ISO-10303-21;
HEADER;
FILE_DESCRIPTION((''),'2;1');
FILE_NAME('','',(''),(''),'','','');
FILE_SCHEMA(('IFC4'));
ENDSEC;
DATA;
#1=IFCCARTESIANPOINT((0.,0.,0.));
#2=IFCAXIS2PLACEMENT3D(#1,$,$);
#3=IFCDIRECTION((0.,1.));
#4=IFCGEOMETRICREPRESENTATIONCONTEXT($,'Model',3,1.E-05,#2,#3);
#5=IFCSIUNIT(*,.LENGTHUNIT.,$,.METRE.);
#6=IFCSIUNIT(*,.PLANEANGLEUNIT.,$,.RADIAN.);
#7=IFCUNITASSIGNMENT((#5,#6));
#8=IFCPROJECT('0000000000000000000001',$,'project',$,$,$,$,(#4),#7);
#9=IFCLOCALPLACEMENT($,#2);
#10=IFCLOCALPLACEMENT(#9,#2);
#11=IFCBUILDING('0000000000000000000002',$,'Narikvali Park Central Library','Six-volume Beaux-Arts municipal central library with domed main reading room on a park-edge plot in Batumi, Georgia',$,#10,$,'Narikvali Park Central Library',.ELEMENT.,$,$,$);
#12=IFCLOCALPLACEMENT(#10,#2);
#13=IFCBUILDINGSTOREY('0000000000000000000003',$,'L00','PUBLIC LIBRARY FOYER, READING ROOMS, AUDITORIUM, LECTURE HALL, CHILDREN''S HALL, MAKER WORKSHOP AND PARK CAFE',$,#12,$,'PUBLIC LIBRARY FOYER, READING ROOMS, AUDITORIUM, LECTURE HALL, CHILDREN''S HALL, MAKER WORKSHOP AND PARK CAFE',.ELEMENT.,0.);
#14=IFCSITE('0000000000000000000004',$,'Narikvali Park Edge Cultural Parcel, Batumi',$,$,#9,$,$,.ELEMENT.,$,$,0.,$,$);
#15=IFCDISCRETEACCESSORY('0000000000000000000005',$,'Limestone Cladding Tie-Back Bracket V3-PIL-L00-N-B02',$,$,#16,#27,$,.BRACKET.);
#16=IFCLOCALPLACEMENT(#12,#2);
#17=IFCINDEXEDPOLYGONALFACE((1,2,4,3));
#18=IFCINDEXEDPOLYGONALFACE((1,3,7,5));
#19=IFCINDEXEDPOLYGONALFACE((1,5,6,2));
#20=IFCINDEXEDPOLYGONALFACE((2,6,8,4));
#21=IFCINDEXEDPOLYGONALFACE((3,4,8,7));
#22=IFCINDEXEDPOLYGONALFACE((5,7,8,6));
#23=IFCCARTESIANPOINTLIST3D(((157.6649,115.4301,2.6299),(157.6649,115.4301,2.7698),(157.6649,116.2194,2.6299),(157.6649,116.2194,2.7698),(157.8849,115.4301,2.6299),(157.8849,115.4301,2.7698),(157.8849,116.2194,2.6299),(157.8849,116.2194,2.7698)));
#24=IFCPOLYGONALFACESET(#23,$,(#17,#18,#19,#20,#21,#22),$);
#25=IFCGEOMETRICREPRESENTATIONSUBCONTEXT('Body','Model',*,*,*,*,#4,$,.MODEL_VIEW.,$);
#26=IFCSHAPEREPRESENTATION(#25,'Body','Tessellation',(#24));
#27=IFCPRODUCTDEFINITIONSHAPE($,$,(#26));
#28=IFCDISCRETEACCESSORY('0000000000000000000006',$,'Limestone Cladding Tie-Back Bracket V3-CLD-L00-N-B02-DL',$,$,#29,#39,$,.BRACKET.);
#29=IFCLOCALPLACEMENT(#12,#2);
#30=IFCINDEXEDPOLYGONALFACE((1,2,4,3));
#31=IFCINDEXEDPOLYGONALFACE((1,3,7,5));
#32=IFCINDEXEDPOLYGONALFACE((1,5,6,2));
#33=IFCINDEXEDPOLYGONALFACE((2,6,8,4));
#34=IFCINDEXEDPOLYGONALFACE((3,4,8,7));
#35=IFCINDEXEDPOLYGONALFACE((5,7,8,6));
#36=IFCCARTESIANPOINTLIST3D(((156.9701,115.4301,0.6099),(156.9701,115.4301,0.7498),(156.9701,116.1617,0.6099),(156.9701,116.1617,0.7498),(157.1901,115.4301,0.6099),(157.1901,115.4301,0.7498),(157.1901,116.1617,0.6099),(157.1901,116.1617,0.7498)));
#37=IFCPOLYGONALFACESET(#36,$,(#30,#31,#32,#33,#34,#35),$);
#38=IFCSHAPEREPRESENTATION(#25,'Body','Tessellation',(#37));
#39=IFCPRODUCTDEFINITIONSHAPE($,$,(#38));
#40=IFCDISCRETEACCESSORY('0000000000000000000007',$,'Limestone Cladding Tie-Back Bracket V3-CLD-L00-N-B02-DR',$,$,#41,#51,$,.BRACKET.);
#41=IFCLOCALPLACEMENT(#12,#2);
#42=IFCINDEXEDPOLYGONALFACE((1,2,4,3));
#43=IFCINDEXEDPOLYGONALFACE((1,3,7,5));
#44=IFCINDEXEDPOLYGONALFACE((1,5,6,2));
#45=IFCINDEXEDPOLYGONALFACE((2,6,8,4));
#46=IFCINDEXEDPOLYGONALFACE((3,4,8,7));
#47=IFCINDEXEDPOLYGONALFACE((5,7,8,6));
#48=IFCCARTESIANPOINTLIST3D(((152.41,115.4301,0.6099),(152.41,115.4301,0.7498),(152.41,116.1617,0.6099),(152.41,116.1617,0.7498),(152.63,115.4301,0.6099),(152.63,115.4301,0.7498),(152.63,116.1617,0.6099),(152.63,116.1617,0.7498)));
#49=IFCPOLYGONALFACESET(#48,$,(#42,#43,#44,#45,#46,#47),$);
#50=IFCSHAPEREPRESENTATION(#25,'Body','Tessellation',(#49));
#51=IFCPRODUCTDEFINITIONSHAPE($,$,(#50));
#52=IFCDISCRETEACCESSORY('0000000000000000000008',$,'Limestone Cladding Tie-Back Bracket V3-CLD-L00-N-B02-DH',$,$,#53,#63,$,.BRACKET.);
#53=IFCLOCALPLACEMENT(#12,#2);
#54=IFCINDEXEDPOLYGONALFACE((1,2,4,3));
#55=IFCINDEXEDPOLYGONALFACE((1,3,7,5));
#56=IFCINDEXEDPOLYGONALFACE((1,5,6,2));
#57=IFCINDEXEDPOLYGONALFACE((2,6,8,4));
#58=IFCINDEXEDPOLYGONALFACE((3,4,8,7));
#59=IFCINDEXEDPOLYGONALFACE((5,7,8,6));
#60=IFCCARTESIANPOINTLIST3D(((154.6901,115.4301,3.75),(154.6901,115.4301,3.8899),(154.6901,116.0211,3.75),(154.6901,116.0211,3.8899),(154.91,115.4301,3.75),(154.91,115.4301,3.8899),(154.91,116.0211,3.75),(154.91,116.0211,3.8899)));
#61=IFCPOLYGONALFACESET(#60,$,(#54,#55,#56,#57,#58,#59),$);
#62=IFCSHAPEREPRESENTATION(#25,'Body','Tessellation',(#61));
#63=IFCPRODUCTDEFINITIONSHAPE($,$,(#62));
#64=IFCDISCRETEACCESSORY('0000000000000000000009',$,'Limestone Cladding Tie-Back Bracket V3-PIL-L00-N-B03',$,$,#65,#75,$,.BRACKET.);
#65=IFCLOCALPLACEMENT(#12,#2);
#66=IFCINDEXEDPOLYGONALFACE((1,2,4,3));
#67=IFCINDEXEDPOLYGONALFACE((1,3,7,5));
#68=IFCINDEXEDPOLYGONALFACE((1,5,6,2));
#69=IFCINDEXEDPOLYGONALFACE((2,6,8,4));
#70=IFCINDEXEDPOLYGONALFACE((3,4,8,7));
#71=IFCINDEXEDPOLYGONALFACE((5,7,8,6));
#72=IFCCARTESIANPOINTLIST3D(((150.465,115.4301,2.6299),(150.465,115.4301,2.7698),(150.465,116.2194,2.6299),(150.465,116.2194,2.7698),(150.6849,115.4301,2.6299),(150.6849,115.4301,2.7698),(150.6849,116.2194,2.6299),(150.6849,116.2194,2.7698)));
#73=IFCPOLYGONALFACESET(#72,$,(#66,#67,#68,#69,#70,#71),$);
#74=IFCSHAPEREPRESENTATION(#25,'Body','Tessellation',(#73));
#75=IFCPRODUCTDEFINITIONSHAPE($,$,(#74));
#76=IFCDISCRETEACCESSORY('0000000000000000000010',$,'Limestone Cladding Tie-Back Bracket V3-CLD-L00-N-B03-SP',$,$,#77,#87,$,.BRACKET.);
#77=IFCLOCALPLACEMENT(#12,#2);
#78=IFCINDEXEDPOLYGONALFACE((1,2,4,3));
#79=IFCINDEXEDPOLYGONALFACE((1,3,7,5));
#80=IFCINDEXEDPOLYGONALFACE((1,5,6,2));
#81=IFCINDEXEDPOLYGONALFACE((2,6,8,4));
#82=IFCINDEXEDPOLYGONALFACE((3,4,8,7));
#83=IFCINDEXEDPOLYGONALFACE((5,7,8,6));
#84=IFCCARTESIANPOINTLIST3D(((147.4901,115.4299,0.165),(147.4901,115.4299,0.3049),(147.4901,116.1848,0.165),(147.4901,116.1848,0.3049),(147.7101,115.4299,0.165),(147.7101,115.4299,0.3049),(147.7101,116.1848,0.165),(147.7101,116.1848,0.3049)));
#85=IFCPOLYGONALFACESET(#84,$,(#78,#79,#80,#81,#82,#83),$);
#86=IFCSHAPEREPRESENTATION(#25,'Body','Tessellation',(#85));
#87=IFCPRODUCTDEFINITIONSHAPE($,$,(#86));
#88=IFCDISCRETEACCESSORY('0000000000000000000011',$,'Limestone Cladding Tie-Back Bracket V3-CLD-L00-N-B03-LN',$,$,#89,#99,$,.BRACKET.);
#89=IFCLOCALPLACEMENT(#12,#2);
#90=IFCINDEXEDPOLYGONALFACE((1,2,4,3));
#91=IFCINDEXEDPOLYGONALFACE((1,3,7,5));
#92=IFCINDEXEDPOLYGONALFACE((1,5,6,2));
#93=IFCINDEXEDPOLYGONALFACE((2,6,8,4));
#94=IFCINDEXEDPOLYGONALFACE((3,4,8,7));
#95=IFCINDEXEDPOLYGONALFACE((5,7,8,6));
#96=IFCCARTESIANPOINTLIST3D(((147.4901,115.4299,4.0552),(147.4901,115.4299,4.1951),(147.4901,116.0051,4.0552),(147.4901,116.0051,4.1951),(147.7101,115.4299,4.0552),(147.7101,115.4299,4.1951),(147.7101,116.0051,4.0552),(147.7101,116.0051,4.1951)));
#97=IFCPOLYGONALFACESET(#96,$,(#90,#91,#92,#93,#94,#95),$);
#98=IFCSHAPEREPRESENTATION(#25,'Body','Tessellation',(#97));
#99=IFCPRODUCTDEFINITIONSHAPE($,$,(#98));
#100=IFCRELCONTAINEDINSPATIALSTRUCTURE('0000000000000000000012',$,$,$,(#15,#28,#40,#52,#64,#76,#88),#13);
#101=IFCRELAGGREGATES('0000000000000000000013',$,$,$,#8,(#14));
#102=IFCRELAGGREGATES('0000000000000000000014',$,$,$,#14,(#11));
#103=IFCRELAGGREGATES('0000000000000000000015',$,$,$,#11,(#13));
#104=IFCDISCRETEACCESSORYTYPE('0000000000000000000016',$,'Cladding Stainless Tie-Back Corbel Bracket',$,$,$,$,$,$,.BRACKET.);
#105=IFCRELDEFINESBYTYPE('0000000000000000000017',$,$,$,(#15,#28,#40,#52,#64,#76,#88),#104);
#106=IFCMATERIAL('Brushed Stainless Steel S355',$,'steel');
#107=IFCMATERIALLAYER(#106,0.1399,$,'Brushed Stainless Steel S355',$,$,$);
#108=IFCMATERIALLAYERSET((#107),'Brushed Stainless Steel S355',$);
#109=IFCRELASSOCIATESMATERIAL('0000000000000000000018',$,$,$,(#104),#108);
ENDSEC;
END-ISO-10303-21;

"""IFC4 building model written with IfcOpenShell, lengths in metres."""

from ifc_helpers import new_model, si_unit, direction, frame, origin, origin_2d, place, context, subcontext, project, spatial, rectangle, extrude, material, layer, layer_set, type_object, element, save


model = new_model("IFC4")

# Units and contexts
model_context = context("Model", 3, precision=1e-05, world=origin(), true_north=direction((0.0, 1.0)))
body_context = subcontext(model_context, "Body", "Model", "MODEL_VIEW")
ifc_project = project(units=[si_unit("LENGTHUNIT", "METRE"), si_unit("PLANEANGLEUNIT", "RADIAN")], contexts=[model_context])

# Site, building, storey
site_placement = place(None, origin())
site = spatial("IfcSite", under=ifc_project, at=site_placement, Name="Narikvali Park Edge Cultural Parcel, Batumi", CompositionType="ELEMENT", RefElevation=0.0)
building_placement = place(site_placement, origin())
building = spatial("IfcBuilding", under=site, at=building_placement, Name="Narikvali Park Central Library", Description="Six-volume Beaux-Arts municipal central library with domed main reading room on a park-edge plot in Batumi, Georgia", LongName="Narikvali Park Central Library", CompositionType="ELEMENT")
storey_placement = place(building_placement, origin())
storey = spatial("IfcBuildingStorey", under=building, at=storey_placement, Name="L00", Description="PUBLIC LIBRARY FOYER, READING ROOMS, AUDITORIUM, LECTURE HALL, CHILDREN'S HALL, MAKER WORKSHOP AND PARK CAFE", LongName="PUBLIC LIBRARY FOYER, READING ROOMS, AUDITORIUM, LECTURE HALL, CHILDREN'S HALL, MAKER WORKSHOP AND PARK CAFE", CompositionType="ELEMENT", Elevation=0.0)

# Discrete accessories
ifc_material_1 = material(Name="Brushed Stainless Steel S355", Category="steel")
ifc_layer_1 = layer(ifc_material_1, 0.1399, Name="Brushed Stainless Steel S355")
ifc_layer_set_1 = layer_set([ifc_layer_1], Name="Brushed Stainless Steel S355")
discrete_accessory_type = type_object("IfcDiscreteAccessoryType", Name="Cladding Stainless Tie-Back Corbel Bracket", PredefinedType="BRACKET", material=ifc_layer_set_1)
discrete_accessory_1_placement = place(storey_placement, frame((157.7749, 115.8247, 2.6299), z_axis=(0.0, 0.0, 1.0), x_axis=(1.0, 0.0, 0.0)))
element("IfcDiscreteAccessory", 1, at=discrete_accessory_1_placement, inside=storey, type_object=discrete_accessory_type, Name="Limestone Cladding Tie-Back Bracket V3-PIL-L00-N-B02", PredefinedType="BRACKET", context=body_context, shape_type="SweptSolid", body=[
    extrude(rectangle(XDim=0.22, YDim=0.7893, at=origin_2d()), origin(), (0.0, 0.0, 1.0), 0.1399),
])
for number, where, z_axis, x_axis, name in (
    (2, (157.0801, 115.7959, 0.6099), (0.0, 0.0, 1.0), (1.0, 0.0, 0.0), "Limestone Cladding Tie-Back Bracket V3-CLD-L00-N-B02-DL"),
    (3, (152.52, 115.7959, 0.6099), (0.0, 0.0, 1.0), (1.0, 0.0, 0.0), "Limestone Cladding Tie-Back Bracket V3-CLD-L00-N-B02-DR"),
):
    element("IfcDiscreteAccessory", number, at=place(storey_placement, frame(where, z_axis=z_axis, x_axis=x_axis)), inside=storey, type_object=discrete_accessory_type, Name=name, PredefinedType="BRACKET", context=body_context, shape_type="SweptSolid", body=[
        extrude(rectangle(XDim=0.22, YDim=0.7317, at=origin_2d()), origin(), (0.0, 0.0, 1.0), 0.1399),
    ])
discrete_accessory_2_placement = place(storey_placement, frame((154.8, 115.7256, 3.75), z_axis=(0.0, 0.0, 1.0), x_axis=(1.0, 0.0, 0.0)))
element("IfcDiscreteAccessory", 4, at=discrete_accessory_2_placement, inside=storey, type_object=discrete_accessory_type, Name="Limestone Cladding Tie-Back Bracket V3-CLD-L00-N-B02-DH", PredefinedType="BRACKET", context=body_context, shape_type="SweptSolid", body=[
    extrude(rectangle(XDim=0.22, YDim=0.5911, at=origin_2d()), origin(), (0.0, 0.0, 1.0), 0.1399),
])
discrete_accessory_3_placement = place(storey_placement, frame((150.575, 115.8247, 2.6299), z_axis=(0.0, 0.0, 1.0), x_axis=(1.0, 0.0, 0.0)))
element("IfcDiscreteAccessory", 5, at=discrete_accessory_3_placement, inside=storey, type_object=discrete_accessory_type, Name="Limestone Cladding Tie-Back Bracket V3-PIL-L00-N-B03", PredefinedType="BRACKET", context=body_context, shape_type="SweptSolid", body=[
    extrude(rectangle(XDim=0.22, YDim=0.7893, at=origin_2d()), origin(), (0.0, 0.0, 1.0), 0.1399),
])
discrete_accessory_4_placement = place(storey_placement, frame((147.6001, 115.8074, 0.165), z_axis=(0.0, 0.0, 1.0), x_axis=(1.0, 0.0, 0.0)))
element("IfcDiscreteAccessory", 6, at=discrete_accessory_4_placement, inside=storey, type_object=discrete_accessory_type, Name="Limestone Cladding Tie-Back Bracket V3-CLD-L00-N-B03-SP", PredefinedType="BRACKET", context=body_context, shape_type="SweptSolid", body=[
    extrude(rectangle(XDim=0.22, YDim=0.7549, at=origin_2d()), origin(), (0.0, 0.0, 1.0), 0.1399),
])
discrete_accessory_5_placement = place(storey_placement, frame((147.6001, 115.7175, 4.0552), z_axis=(0.0, 0.0, 1.0), x_axis=(1.0, 0.0, 0.0)))
element("IfcDiscreteAccessory", 7, at=discrete_accessory_5_placement, inside=storey, type_object=discrete_accessory_type, Name="Limestone Cladding Tie-Back Bracket V3-CLD-L00-N-B03-LN", PredefinedType="BRACKET", context=body_context, shape_type="SweptSolid", body=[
    extrude(rectangle(XDim=0.22, YDim=0.5752, at=origin_2d()), origin(), (0.0, 0.0, 1.0), 0.1399),
])

save(model, "model.ifc")
